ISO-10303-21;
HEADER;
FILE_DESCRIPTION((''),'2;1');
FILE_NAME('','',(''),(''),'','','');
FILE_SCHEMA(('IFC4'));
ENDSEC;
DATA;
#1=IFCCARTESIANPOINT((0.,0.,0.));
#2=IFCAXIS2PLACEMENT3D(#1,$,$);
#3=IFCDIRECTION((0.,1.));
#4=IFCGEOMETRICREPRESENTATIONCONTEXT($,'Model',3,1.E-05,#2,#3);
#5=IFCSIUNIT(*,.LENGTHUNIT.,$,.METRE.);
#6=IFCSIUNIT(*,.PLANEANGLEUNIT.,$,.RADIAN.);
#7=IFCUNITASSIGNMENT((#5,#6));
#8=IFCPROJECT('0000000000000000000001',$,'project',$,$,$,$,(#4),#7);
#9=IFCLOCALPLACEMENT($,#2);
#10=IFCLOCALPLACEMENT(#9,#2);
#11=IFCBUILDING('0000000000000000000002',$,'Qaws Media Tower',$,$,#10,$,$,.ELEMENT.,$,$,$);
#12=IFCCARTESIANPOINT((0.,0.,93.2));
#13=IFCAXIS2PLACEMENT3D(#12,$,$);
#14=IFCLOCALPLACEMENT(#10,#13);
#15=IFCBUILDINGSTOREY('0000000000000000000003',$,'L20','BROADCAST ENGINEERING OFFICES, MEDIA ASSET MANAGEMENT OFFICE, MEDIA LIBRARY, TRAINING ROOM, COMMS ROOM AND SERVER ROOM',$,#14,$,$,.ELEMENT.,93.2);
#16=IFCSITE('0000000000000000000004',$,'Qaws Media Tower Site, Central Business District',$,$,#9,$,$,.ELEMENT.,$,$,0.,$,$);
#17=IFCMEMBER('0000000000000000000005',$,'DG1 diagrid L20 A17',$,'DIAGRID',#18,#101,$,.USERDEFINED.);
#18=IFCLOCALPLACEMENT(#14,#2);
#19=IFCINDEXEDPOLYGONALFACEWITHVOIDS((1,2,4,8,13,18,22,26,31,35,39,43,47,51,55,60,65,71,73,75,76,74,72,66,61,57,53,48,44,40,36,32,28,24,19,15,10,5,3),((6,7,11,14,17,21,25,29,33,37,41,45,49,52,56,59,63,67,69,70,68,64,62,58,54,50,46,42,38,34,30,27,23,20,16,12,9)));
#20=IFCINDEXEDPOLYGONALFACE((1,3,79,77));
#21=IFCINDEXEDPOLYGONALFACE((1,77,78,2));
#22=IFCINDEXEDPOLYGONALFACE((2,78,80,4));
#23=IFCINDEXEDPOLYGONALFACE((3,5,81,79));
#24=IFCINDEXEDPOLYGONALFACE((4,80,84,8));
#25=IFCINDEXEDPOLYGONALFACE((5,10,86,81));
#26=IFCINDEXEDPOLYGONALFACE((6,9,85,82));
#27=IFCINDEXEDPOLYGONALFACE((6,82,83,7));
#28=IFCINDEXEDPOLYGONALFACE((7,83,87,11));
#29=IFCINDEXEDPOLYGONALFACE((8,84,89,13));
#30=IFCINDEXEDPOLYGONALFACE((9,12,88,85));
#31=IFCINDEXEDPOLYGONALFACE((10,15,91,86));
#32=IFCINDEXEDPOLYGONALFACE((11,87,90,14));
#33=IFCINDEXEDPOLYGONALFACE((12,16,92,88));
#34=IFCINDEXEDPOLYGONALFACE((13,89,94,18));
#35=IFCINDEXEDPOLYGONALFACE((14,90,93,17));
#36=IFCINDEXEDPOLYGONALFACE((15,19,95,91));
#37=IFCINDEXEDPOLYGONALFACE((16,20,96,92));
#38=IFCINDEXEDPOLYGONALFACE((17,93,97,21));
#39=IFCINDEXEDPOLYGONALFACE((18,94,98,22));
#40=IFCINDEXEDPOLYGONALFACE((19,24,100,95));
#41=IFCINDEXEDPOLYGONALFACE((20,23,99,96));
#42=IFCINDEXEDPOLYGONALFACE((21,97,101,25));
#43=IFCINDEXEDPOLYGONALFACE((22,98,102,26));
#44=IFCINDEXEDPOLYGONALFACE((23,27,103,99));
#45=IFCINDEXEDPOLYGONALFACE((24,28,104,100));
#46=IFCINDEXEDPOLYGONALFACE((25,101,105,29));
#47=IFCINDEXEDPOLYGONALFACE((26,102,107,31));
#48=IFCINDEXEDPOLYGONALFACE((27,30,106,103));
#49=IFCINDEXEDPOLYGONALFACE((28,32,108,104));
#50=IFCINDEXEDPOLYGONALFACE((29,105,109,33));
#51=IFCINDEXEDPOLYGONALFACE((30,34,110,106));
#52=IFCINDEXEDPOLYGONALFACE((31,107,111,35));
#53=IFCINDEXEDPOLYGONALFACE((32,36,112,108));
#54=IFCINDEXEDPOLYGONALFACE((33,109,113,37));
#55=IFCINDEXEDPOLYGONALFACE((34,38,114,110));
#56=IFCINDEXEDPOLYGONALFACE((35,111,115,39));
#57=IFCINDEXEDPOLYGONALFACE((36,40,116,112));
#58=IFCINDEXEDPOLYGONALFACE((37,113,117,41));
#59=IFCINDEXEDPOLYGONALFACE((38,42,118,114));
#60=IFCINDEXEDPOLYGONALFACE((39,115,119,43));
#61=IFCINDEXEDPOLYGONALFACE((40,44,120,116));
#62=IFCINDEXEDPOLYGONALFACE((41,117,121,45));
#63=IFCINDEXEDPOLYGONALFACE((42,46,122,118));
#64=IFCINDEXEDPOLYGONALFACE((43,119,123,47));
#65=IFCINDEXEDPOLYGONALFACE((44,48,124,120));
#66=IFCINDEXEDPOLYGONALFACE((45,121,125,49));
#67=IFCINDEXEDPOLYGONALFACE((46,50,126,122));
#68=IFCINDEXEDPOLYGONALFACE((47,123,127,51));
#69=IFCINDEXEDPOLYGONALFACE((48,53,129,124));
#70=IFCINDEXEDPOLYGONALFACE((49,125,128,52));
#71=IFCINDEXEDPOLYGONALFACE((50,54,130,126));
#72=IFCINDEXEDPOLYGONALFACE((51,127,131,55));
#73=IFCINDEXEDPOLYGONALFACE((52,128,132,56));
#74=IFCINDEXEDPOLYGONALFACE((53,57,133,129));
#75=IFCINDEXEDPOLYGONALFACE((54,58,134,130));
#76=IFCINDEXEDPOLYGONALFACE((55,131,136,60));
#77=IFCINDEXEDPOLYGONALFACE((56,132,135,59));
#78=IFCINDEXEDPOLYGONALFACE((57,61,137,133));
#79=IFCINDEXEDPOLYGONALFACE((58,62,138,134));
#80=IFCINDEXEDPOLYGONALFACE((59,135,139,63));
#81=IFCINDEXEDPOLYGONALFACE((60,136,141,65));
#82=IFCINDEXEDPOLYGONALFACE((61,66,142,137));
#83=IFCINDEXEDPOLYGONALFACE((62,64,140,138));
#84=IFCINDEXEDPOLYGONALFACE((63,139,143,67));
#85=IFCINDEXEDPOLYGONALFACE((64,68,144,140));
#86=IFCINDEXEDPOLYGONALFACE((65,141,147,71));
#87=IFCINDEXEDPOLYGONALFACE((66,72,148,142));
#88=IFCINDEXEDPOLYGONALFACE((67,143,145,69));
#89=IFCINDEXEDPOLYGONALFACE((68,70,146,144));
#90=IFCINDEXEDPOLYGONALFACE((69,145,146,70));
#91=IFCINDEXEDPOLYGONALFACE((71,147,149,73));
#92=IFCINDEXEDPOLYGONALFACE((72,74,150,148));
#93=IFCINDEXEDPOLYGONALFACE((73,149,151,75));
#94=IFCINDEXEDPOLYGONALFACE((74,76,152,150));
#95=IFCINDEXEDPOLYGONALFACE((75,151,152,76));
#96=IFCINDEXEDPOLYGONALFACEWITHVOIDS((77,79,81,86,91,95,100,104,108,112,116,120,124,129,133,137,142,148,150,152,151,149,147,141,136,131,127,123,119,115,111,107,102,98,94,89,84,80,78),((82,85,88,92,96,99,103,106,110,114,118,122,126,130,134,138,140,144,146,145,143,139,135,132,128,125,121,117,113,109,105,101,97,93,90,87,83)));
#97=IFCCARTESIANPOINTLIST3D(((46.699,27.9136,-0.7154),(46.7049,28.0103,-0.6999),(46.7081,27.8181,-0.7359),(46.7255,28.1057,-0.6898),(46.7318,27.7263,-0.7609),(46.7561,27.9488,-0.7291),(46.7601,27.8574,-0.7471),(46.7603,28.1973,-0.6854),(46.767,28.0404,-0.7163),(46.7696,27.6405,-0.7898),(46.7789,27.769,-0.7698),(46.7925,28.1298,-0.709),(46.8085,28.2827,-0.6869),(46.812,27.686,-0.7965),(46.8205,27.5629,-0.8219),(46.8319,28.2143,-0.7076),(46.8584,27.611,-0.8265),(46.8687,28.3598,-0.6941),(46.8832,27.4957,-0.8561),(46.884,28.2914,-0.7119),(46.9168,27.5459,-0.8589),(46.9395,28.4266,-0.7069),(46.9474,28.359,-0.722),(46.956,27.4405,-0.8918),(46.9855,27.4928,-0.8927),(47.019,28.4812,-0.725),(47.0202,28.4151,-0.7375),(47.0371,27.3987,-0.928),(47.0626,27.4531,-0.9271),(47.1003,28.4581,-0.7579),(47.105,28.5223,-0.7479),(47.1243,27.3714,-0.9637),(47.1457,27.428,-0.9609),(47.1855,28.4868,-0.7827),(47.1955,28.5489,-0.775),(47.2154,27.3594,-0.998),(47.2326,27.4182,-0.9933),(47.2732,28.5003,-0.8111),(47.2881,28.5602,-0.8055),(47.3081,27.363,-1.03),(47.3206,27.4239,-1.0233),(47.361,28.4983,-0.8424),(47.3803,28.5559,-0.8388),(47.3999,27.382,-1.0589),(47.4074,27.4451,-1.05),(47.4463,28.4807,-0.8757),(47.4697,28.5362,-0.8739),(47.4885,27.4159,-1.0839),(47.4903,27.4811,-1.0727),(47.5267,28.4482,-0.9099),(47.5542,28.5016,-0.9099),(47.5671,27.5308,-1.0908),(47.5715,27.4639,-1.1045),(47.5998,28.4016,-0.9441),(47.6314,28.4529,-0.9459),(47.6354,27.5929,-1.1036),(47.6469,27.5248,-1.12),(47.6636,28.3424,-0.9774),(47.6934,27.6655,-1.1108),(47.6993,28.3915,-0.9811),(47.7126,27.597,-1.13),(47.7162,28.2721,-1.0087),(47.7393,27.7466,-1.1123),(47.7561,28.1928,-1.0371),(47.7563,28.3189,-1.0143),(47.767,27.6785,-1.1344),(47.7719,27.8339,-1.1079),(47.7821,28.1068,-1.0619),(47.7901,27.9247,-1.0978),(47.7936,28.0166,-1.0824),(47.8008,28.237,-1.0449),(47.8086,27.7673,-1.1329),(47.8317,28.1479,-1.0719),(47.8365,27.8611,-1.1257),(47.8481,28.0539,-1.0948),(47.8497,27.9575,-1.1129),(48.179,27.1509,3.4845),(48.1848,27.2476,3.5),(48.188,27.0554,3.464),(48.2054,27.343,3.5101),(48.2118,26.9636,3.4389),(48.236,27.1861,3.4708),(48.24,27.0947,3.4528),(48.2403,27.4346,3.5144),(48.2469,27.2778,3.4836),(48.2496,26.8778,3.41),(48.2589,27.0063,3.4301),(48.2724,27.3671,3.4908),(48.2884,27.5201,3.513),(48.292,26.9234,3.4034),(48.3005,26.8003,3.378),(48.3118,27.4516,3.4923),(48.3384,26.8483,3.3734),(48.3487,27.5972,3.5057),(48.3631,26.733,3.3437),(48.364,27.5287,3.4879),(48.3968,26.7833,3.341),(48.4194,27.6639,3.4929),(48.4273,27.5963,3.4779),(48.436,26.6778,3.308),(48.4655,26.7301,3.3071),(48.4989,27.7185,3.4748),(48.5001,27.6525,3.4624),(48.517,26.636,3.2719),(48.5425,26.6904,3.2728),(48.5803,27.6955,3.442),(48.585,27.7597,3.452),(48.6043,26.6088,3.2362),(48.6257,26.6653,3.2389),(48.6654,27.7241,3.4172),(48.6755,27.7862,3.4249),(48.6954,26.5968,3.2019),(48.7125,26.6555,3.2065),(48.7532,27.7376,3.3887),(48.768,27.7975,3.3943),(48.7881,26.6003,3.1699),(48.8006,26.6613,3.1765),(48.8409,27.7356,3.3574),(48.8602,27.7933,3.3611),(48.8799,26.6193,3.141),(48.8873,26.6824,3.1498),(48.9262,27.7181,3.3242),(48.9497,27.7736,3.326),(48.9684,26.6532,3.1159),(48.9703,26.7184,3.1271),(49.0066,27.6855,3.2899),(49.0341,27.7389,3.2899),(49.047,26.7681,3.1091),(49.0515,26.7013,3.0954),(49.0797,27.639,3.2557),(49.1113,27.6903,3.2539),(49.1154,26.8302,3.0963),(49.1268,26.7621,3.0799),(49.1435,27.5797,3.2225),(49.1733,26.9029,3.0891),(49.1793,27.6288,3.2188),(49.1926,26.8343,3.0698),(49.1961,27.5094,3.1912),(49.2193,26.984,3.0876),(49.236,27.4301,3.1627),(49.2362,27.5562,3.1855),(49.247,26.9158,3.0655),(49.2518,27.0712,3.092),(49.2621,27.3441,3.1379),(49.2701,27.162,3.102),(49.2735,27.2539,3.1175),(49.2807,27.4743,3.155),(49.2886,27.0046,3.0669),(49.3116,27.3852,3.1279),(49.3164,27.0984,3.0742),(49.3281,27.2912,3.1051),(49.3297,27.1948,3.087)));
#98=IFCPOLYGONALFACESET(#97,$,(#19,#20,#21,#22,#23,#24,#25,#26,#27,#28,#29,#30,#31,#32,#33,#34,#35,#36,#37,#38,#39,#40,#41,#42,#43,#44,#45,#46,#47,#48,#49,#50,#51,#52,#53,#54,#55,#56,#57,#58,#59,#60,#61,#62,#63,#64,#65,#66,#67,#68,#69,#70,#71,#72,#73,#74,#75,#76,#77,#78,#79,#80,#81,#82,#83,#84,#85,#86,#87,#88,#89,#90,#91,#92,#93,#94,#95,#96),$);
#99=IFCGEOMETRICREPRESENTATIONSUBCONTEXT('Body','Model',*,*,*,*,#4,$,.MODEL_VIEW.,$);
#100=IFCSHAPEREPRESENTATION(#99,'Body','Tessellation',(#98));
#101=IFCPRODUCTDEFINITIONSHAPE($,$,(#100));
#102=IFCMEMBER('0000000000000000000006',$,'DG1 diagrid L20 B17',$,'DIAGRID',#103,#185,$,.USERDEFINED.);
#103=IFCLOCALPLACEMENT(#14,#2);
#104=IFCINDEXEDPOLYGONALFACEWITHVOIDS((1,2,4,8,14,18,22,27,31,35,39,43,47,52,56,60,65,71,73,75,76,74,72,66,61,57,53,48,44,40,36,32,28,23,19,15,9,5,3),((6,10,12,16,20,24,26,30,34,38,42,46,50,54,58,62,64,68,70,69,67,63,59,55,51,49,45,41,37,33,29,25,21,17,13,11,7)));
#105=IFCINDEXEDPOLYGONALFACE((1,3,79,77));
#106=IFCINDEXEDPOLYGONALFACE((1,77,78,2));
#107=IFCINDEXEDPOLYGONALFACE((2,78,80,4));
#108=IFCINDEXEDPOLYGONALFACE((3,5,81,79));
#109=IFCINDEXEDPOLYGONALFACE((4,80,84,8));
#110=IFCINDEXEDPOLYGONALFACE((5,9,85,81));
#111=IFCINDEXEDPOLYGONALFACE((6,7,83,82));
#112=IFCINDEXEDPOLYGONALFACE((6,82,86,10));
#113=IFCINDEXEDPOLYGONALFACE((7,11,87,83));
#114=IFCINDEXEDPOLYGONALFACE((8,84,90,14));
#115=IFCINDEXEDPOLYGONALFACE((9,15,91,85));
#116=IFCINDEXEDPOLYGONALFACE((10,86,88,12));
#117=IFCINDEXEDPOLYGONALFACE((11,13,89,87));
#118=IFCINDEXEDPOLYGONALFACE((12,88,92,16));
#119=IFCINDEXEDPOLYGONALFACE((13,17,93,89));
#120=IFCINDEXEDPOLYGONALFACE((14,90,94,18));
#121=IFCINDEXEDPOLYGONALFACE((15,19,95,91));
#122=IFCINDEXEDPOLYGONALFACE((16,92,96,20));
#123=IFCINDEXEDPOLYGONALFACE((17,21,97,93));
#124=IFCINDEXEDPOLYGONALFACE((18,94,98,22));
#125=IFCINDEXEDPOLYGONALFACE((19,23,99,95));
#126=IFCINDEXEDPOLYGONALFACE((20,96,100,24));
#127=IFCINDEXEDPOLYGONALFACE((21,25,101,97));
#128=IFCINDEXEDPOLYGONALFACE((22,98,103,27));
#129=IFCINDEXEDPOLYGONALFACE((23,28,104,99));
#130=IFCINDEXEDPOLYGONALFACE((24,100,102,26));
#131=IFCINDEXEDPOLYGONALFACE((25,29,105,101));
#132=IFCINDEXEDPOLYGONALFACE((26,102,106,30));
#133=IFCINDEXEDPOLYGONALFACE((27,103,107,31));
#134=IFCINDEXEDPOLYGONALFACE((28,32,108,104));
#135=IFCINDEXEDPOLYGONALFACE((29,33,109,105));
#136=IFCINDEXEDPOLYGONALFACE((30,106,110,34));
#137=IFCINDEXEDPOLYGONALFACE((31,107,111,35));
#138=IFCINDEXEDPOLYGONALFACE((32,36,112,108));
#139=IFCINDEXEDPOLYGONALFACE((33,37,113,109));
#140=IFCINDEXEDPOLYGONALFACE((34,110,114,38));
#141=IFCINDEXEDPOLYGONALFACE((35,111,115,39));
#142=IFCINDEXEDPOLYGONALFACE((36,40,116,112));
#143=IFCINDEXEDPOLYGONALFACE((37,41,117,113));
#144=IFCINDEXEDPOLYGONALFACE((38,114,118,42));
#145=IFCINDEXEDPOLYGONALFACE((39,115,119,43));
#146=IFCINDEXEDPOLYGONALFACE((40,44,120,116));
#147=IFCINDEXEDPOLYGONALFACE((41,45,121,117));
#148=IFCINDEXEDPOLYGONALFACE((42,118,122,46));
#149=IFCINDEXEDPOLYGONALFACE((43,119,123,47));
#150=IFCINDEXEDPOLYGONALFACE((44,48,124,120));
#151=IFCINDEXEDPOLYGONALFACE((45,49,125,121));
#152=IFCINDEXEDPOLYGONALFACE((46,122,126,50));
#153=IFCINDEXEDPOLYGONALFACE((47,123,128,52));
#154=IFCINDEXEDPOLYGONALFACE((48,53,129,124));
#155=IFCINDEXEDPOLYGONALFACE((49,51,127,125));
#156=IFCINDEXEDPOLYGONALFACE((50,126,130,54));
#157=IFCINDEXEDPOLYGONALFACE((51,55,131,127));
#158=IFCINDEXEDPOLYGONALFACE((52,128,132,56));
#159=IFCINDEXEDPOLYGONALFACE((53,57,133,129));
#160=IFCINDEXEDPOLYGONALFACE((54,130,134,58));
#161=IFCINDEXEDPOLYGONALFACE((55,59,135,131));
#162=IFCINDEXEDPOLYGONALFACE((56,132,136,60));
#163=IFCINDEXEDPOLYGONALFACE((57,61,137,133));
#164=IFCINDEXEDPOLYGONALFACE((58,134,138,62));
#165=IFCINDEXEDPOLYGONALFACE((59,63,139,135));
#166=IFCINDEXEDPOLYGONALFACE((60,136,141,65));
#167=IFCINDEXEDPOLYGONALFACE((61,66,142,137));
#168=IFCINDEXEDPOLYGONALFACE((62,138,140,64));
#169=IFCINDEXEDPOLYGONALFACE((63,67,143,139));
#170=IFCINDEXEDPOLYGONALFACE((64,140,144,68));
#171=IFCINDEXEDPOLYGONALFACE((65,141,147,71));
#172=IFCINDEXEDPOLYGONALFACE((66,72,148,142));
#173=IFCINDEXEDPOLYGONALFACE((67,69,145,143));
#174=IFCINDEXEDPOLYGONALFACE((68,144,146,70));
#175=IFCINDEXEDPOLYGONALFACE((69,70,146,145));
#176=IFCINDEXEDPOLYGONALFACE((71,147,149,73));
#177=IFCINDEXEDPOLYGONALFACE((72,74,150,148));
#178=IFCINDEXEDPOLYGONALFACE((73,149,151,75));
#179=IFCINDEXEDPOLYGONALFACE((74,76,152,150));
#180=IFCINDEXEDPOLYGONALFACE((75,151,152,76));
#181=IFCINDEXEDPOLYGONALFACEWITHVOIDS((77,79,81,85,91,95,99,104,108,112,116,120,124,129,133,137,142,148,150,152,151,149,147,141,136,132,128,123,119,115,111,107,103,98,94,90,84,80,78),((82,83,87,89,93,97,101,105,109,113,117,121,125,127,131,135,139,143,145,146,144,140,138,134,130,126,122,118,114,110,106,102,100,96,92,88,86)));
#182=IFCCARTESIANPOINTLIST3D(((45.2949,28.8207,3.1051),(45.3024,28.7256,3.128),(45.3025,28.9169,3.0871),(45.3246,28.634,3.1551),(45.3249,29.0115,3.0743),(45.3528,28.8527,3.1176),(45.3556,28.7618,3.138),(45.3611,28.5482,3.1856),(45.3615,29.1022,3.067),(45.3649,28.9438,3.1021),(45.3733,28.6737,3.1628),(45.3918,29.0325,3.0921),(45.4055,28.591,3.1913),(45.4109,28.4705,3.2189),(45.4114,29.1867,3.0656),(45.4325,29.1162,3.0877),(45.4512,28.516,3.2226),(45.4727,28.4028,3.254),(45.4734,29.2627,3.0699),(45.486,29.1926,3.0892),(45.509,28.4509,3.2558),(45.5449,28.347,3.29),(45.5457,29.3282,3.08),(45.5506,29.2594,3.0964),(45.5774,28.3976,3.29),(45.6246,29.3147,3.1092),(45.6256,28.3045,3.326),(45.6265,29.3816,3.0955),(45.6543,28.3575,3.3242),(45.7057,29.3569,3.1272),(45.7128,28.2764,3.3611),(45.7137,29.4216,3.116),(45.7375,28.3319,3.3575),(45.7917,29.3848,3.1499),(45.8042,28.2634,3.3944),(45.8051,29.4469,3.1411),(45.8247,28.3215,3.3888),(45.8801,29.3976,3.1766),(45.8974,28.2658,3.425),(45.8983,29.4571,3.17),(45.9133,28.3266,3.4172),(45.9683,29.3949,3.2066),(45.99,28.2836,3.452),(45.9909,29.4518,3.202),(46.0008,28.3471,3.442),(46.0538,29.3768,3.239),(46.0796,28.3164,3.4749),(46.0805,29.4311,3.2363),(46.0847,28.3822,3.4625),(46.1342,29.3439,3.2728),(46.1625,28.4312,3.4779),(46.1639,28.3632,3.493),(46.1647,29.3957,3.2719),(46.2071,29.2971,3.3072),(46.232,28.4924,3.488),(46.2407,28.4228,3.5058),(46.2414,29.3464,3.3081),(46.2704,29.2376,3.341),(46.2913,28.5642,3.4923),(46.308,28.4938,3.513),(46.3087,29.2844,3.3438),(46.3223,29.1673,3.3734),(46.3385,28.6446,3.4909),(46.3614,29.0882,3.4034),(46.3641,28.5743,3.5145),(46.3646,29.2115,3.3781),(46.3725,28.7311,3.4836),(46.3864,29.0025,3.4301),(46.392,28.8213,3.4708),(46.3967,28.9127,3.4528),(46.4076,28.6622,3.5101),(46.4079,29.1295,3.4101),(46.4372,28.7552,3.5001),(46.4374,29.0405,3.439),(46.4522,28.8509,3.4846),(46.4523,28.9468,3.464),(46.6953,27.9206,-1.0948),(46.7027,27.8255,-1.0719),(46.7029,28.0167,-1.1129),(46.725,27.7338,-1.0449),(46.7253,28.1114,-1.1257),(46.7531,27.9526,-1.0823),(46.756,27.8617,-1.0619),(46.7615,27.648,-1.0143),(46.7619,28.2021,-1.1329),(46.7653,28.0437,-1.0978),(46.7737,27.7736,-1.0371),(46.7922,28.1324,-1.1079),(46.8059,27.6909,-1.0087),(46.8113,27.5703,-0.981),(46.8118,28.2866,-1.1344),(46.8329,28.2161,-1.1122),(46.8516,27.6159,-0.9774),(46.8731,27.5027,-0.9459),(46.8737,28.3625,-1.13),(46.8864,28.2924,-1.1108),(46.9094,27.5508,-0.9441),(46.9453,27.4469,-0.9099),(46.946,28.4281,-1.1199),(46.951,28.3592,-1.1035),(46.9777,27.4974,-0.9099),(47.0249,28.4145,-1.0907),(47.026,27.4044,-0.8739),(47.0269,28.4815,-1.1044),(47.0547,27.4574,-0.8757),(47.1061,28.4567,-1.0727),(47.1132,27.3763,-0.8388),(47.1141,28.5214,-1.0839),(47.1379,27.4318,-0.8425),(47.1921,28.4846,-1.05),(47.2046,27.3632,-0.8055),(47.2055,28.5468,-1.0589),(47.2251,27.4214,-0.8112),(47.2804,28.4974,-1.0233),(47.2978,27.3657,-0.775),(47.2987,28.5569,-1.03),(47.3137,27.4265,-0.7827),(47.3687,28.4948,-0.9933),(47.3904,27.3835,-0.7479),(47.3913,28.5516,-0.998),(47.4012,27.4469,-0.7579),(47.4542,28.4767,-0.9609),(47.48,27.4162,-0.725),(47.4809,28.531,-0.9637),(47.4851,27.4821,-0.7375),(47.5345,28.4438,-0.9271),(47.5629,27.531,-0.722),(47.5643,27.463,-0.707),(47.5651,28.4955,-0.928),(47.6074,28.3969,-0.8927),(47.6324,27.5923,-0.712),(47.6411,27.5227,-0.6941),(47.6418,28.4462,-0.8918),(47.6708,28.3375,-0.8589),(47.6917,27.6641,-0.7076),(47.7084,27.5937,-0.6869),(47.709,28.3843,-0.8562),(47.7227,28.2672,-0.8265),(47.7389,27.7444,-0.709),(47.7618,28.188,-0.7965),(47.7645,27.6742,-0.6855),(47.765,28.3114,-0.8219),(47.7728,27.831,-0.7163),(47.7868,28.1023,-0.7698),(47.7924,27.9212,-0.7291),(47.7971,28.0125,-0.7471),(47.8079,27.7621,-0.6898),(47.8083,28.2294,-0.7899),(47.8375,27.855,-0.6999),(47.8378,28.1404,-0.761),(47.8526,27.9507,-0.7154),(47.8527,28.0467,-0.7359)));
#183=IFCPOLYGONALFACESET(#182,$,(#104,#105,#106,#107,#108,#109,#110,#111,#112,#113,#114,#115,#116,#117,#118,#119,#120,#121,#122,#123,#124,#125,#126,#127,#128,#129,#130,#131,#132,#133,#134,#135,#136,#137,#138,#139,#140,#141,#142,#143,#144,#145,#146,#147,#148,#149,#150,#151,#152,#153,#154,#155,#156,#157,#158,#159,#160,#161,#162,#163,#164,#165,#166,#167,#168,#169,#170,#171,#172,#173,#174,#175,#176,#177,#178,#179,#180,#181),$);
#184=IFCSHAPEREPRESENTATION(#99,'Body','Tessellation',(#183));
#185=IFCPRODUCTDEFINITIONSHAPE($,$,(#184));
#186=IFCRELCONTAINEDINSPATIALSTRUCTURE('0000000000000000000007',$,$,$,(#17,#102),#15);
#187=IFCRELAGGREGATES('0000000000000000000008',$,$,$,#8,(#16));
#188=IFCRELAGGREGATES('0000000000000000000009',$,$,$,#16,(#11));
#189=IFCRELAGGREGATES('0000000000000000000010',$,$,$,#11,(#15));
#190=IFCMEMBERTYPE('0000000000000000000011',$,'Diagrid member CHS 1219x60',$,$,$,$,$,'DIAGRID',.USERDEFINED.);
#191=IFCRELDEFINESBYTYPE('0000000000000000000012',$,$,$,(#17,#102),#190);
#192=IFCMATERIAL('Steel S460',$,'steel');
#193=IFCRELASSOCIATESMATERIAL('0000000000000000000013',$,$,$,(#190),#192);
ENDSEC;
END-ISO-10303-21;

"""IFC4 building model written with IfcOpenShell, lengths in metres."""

from ifc_helpers import new_model, si_unit, direction, frame, origin, origin_2d, place, context, subcontext, project, spatial, hollow_circle, extrude, material, material_profile, profile_set, type_object, element, save


model = new_model("IFC4")

# Units and contexts
model_context = context("Model", 3, precision=1e-05, world=origin(), true_north=direction((0.0, 1.0)))
body_context = subcontext(model_context, "Body", "Model", "MODEL_VIEW")
ifc_project = project(units=[si_unit("LENGTHUNIT", "METRE"), si_unit("PLANEANGLEUNIT", "RADIAN")], contexts=[model_context])

# Site, building, storey
site_placement = place(None, origin())
site = spatial("IfcSite", under=ifc_project, at=site_placement, Name="Qaws Media Tower Site, Central Business District", CompositionType="ELEMENT", RefElevation=0.0)
building_placement = place(site_placement, origin())
building = spatial("IfcBuilding", under=site, at=building_placement, Name="Qaws Media Tower", CompositionType="ELEMENT")
storey_placement = place(building_placement, frame((0.0, 0.0, 93.2)))
storey = spatial("IfcBuildingStorey", under=building, at=storey_placement, Name="L20", Description="BROADCAST ENGINEERING OFFICES, MEDIA ASSET MANAGEMENT OFFICE, MEDIA LIBRARY, TRAINING ROOM, COMMS ROOM AND SERVER ROOM", CompositionType="ELEMENT", Elevation=93.2)

# Members
ifc_material_1 = material(Name="Steel S460", Category="steel")
ifc_material_profile_1 = material_profile(ifc_material_1, hollow_circle(Radius=0.6096, WallThickness=0.0601, at=origin_2d()), Name="CHS 1219x60")
ifc_profile_set_1 = profile_set([ifc_material_profile_1], Name="Steel S460")
member_type_1 = type_object("IfcMemberType", Name="Diagrid member CHS 1219x60", ElementType="DIAGRID", PredefinedType="USERDEFINED", material=ifc_profile_set_1)
for number, where, z_axis, x_axis, name in (
    (1, (47.2749, 27.9597, -0.9099), (0.32758, -0.168815, 0.92962), (0.45809, 0.888906, 0.0), "DG1 diagrid L20 A17"),
    (2, (47.2749, 27.9597, -0.9099), (-0.309969, 0.199242, 0.929635), (-0.540713, -0.841207, 0.0), "DG1 diagrid L20 B17"),
):
    element("IfcMember", number, at=place(storey_placement, frame(where, z_axis=z_axis, x_axis=x_axis)), inside=storey, type_object=member_type_1, Name=name, ObjectType="DIAGRID", PredefinedType="USERDEFINED", context=body_context, shape_type="SweptSolid", body=[
        extrude(hollow_circle(Radius=0.6096, WallThickness=0.0601, at=origin_2d()), origin(), (0.0, 0.0, 1.0), 4.5178),
    ])

save(model, "model.ifc")
